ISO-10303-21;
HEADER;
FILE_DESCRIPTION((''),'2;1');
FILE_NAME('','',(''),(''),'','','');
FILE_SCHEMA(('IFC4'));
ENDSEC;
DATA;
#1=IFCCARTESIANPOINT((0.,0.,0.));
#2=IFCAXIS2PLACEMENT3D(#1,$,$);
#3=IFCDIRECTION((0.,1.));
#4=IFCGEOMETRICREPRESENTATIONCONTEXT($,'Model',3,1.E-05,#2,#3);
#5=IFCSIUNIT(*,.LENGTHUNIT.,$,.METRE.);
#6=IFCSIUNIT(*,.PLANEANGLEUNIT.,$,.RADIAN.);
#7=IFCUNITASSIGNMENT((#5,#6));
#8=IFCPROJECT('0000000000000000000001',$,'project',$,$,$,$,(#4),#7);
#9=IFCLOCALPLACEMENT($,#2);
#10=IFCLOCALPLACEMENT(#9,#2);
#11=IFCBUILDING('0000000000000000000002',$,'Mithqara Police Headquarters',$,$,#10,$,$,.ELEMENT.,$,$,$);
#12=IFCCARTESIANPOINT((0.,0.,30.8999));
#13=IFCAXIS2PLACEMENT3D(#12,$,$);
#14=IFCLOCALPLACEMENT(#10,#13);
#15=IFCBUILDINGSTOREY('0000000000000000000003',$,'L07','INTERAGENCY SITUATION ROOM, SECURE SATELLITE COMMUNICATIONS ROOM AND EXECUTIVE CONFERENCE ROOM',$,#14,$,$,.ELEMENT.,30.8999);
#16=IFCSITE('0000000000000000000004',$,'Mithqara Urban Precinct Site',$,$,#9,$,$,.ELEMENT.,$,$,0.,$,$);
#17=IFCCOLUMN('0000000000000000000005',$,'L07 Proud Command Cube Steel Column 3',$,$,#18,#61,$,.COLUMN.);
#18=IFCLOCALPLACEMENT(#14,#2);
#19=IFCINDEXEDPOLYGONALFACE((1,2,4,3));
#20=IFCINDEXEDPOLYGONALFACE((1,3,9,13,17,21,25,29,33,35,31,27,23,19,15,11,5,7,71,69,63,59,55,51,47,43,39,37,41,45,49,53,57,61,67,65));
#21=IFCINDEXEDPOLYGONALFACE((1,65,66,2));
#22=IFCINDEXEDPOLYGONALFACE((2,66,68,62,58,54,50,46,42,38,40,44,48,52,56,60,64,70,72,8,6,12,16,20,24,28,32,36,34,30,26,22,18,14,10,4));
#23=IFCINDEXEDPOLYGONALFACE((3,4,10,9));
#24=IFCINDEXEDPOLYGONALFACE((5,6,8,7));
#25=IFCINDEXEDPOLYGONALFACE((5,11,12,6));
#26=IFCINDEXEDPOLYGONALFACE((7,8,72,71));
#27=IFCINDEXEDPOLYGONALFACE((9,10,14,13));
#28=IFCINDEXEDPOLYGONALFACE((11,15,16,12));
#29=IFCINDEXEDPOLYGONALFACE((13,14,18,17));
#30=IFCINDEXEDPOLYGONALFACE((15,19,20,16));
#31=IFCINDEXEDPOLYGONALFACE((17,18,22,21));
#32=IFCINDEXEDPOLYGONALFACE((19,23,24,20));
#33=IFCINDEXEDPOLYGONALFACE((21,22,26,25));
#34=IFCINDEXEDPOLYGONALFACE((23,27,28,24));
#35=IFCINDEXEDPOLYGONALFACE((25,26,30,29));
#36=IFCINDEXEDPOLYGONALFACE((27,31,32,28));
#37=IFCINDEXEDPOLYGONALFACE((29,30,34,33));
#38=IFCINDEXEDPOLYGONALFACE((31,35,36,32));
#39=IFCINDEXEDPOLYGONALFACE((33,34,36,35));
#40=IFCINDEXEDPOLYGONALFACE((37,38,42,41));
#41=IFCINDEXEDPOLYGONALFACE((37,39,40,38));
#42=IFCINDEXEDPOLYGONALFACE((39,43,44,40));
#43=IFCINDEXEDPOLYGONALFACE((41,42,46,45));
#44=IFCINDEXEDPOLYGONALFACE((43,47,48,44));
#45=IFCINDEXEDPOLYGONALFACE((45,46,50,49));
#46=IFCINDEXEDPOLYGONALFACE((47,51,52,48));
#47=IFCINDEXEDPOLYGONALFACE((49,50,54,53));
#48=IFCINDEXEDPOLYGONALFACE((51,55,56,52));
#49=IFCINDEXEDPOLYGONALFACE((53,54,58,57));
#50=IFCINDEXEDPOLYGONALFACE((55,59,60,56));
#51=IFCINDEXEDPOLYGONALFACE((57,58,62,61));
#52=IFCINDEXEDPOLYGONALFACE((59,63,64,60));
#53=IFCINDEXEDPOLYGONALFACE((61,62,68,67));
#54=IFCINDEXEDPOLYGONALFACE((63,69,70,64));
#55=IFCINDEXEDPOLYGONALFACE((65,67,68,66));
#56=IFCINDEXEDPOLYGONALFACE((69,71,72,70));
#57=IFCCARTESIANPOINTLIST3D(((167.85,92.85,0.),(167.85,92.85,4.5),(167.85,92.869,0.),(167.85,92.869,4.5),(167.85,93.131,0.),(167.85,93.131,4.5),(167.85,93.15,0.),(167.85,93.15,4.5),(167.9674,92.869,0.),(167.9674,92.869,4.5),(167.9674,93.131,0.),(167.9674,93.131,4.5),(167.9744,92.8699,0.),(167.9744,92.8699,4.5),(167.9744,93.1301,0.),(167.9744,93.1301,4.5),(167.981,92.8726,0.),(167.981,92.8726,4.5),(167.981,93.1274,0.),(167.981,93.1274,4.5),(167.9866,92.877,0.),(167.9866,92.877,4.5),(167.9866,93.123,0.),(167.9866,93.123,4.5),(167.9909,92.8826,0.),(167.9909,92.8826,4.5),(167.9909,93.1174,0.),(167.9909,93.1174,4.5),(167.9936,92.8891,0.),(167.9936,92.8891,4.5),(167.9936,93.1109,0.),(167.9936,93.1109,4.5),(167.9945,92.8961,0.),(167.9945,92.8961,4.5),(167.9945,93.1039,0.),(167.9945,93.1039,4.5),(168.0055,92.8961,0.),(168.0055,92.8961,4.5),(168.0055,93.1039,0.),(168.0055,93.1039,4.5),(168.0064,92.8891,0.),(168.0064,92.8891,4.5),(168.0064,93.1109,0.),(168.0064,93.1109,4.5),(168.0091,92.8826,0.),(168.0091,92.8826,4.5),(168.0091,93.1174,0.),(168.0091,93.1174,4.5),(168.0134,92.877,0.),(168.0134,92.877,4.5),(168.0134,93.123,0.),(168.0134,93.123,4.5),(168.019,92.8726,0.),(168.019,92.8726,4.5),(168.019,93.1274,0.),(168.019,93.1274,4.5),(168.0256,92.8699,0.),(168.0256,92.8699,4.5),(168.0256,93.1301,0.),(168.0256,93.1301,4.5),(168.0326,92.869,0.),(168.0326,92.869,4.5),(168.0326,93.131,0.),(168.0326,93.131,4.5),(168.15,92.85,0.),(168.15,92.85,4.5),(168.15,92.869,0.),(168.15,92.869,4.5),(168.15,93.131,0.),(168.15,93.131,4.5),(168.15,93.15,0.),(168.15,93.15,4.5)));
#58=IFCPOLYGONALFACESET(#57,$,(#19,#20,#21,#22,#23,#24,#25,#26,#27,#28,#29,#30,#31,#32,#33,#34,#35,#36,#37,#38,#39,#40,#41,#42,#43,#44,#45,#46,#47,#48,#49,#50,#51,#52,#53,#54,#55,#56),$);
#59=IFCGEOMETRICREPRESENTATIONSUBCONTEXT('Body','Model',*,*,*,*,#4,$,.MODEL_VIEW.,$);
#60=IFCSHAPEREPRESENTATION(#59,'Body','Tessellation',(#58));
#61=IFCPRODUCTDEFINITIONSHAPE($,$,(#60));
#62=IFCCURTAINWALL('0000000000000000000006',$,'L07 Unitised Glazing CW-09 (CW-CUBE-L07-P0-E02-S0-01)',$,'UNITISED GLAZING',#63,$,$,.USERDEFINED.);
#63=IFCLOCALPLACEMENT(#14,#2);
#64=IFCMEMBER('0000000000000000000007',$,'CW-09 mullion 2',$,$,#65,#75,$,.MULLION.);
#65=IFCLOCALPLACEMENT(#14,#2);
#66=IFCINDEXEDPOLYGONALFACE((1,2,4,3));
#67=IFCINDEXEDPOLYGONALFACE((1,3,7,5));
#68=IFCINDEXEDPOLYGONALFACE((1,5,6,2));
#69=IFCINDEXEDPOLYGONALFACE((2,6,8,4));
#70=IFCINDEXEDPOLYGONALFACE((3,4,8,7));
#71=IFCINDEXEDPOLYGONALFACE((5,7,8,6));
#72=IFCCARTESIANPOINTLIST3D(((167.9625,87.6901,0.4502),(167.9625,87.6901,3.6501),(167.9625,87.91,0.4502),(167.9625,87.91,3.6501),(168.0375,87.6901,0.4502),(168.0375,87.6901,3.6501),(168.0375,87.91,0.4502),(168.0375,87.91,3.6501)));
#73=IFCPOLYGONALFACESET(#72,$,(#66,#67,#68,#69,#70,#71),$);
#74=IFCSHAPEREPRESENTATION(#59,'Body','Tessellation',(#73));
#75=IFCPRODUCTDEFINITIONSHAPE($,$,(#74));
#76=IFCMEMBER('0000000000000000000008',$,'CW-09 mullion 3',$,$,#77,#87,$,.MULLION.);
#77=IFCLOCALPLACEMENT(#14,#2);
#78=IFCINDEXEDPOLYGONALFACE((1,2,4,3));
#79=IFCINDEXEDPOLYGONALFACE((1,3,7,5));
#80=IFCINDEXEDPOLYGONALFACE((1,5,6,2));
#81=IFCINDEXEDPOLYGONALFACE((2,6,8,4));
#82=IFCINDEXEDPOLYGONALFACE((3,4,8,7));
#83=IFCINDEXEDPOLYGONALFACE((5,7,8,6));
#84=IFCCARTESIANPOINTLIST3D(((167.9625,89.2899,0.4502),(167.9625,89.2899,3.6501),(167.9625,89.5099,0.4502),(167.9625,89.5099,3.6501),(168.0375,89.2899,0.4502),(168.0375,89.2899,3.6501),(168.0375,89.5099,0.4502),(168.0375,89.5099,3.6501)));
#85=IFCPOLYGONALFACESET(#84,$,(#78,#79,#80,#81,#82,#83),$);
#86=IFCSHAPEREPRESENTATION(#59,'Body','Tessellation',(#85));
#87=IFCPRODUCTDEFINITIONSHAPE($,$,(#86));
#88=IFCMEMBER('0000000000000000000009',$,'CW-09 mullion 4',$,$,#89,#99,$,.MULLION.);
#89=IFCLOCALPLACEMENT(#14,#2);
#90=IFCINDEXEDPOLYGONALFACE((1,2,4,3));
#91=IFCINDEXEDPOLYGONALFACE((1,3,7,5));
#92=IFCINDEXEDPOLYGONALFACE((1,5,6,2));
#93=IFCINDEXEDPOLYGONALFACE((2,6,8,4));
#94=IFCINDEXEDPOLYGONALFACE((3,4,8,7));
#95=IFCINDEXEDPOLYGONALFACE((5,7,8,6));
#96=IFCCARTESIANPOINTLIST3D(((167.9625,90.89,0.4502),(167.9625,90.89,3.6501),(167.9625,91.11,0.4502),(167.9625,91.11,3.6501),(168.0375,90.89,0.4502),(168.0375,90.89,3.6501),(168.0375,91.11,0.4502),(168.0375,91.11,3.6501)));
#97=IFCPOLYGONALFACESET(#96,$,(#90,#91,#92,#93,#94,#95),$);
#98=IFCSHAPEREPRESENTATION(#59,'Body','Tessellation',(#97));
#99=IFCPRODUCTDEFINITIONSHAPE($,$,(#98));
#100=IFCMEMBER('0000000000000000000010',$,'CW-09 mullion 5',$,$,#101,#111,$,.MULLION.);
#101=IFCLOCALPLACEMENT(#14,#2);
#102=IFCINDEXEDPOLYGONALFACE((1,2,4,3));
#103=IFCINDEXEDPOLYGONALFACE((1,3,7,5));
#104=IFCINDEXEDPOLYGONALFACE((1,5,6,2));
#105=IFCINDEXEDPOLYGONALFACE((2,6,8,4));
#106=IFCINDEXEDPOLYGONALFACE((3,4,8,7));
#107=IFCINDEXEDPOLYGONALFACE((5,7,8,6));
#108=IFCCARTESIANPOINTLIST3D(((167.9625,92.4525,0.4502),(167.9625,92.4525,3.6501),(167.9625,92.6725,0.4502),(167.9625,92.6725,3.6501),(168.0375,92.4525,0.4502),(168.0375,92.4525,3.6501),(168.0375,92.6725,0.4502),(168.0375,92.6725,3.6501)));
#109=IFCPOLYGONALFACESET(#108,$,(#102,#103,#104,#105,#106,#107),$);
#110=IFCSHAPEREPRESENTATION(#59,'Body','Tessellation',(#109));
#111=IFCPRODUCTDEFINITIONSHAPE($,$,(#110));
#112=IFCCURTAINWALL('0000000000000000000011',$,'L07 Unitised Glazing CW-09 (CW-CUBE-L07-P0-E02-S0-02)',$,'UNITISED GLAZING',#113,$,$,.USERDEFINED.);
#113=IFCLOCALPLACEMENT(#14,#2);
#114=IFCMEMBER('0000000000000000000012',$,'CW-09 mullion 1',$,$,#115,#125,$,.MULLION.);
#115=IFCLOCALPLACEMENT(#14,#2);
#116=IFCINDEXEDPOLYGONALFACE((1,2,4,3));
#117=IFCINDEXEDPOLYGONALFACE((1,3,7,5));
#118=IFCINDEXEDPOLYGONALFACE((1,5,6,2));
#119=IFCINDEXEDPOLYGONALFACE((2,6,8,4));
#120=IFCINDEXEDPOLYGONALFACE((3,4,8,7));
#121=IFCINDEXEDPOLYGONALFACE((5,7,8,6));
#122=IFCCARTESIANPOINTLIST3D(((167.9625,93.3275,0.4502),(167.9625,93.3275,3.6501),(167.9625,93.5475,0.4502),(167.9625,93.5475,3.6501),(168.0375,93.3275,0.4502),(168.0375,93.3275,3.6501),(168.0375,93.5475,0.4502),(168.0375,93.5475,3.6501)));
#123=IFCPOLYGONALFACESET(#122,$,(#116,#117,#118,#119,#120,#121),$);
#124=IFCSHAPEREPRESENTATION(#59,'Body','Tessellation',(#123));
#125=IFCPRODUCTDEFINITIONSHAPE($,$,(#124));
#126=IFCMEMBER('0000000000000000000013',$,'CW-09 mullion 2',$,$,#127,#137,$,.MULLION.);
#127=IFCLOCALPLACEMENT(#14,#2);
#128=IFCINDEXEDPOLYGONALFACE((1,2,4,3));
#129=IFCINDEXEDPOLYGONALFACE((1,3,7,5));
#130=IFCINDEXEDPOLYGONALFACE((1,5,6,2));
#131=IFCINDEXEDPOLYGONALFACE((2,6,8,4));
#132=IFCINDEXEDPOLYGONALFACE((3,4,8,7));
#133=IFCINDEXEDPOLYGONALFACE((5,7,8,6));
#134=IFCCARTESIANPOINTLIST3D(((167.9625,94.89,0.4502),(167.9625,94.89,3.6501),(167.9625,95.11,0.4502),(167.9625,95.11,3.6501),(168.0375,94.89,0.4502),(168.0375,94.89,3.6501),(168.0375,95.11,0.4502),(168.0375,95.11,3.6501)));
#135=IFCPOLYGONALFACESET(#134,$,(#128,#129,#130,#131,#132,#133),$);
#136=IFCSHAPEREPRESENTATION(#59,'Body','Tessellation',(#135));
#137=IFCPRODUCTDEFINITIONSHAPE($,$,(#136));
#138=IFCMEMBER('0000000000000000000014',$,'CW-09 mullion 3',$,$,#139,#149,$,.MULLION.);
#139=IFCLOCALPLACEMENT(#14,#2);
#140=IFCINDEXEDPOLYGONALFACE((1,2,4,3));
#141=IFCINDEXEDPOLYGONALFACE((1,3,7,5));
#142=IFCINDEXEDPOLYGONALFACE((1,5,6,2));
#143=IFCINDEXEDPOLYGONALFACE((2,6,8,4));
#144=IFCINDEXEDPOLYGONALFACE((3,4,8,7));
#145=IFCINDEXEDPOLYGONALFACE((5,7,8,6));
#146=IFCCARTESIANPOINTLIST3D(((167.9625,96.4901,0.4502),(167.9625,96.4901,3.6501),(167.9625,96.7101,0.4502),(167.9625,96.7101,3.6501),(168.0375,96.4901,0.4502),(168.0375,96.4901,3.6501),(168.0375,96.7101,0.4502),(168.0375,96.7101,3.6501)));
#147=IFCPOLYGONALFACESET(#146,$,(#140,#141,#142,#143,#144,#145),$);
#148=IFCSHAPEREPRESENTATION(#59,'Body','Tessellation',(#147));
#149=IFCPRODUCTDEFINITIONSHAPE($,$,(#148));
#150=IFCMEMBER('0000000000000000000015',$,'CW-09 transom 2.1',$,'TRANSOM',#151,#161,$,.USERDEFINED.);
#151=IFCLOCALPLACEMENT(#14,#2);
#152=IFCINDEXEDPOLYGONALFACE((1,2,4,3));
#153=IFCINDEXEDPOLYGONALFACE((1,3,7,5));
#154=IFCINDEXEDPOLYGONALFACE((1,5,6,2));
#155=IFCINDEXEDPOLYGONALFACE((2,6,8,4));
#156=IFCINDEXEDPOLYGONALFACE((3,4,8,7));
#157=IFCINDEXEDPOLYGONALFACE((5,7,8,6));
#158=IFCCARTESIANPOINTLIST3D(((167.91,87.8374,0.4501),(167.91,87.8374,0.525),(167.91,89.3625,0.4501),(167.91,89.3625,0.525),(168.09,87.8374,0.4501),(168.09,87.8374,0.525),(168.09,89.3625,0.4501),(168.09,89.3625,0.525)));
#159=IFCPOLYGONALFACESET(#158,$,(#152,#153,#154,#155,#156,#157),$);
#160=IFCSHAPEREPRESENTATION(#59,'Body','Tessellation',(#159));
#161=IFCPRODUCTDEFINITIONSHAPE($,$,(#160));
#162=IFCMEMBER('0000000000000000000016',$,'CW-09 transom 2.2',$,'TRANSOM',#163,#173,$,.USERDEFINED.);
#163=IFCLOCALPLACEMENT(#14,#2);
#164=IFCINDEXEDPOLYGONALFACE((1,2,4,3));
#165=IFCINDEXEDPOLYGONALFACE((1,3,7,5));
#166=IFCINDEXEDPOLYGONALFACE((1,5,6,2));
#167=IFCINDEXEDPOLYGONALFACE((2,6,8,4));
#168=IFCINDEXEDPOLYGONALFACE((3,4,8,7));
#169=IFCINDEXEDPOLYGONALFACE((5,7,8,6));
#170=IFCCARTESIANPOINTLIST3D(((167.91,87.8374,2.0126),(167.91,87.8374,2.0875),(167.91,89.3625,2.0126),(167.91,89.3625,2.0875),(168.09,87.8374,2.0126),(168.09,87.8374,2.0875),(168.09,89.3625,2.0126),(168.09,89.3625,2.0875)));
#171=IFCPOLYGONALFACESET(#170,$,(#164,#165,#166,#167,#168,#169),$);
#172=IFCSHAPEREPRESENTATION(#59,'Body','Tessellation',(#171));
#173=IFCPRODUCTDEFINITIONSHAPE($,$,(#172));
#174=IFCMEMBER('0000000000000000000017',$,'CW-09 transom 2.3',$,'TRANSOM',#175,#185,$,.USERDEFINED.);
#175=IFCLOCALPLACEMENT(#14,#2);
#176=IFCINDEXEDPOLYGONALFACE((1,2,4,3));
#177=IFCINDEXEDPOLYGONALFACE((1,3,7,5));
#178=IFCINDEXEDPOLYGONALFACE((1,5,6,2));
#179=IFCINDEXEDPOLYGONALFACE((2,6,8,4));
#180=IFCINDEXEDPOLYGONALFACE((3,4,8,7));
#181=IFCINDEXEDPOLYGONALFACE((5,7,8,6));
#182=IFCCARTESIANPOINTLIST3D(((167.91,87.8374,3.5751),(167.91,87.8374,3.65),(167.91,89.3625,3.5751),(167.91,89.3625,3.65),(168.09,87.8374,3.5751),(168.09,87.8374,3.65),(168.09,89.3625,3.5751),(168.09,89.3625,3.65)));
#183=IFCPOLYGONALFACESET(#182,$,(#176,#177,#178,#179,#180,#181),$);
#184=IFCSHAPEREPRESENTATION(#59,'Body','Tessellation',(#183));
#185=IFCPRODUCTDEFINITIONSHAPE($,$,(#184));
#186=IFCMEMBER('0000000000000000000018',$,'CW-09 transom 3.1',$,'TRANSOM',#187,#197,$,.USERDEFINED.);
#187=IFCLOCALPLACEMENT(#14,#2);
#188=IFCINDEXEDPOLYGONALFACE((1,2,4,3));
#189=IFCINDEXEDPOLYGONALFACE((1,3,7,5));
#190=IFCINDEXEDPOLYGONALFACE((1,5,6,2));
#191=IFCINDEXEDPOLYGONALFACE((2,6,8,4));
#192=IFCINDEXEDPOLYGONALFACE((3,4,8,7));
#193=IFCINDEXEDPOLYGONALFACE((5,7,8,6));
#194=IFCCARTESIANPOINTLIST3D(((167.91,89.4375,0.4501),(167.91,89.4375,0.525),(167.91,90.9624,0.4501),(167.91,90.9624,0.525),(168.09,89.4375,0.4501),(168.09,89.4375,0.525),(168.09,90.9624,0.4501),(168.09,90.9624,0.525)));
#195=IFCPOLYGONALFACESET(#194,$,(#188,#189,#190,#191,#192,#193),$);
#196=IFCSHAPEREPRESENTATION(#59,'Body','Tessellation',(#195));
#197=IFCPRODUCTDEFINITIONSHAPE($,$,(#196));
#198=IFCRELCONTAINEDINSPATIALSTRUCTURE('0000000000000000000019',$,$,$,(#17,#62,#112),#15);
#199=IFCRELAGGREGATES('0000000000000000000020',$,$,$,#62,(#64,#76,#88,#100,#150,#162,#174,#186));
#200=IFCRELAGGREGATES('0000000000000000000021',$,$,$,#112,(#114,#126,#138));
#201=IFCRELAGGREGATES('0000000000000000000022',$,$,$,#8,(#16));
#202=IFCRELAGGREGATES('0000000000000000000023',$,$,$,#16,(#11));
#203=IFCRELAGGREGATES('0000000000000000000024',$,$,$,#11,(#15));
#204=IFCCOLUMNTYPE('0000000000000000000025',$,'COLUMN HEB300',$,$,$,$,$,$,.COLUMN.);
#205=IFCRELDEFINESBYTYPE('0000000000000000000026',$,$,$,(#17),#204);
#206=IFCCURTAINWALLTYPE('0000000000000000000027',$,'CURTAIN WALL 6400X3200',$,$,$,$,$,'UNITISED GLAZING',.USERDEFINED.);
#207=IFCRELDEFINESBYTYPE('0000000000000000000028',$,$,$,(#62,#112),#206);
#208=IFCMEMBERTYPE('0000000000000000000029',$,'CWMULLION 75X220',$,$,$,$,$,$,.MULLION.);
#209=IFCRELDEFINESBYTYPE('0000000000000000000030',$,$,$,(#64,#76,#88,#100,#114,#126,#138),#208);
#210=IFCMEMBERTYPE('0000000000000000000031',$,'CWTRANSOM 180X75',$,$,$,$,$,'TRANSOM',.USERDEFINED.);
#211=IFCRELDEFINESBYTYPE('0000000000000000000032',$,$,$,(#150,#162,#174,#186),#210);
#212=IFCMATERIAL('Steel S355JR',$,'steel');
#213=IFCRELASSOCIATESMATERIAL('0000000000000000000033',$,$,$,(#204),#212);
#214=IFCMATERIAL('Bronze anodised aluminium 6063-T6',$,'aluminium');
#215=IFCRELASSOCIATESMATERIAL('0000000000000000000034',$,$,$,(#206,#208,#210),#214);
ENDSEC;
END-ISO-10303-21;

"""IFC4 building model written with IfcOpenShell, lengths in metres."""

from ifc_helpers import new_model, si_unit, direction, frame, origin, origin_2d, place, context, subcontext, project, spatial, rectangle, i_section, extrude, material, material_profile, profile_set, type_object, element, aggregate, save


model = new_model("IFC4")

# Units and contexts
model_context = context("Model", 3, precision=1e-05, world=origin(), true_north=direction((0.0, 1.0)))
body_context = subcontext(model_context, "Body", "Model", "MODEL_VIEW")
ifc_project = project(units=[si_unit("LENGTHUNIT", "METRE"), si_unit("PLANEANGLEUNIT", "RADIAN")], contexts=[model_context])

# Site, building, storey
site_placement = place(None, origin())
site = spatial("IfcSite", under=ifc_project, at=site_placement, Name="Mithqara Urban Precinct Site", CompositionType="ELEMENT", RefElevation=0.0)
building_placement = place(site_placement, origin())
building = spatial("IfcBuilding", under=site, at=building_placement, Name="Mithqara Police Headquarters", CompositionType="ELEMENT")
storey_placement = place(building_placement, frame((0.0, 0.0, 30.8999)))
storey = spatial("IfcBuildingStorey", under=building, at=storey_placement, Name="L07", Description="INTERAGENCY SITUATION ROOM, SECURE SATELLITE COMMUNICATIONS ROOM AND EXECUTIVE CONFERENCE ROOM", CompositionType="ELEMENT", Elevation=30.8999)

# Column
ifc_material_1 = material(Name="Steel S355JR", Category="steel")
ifc_material_profile_1 = material_profile(ifc_material_1, i_section(OverallWidth=0.3, OverallDepth=0.3, WebThickness=0.011, FlangeThickness=0.019, FilletRadius=0.0271, at=origin_2d()), Name="HEB 300")
ifc_profile_set_1 = profile_set([ifc_material_profile_1], Name="Steel S355JR")
column_type = type_object("IfcColumnType", Name="COLUMN HEB300", PredefinedType="COLUMN", material=ifc_profile_set_1)
column_placement = place(storey_placement, frame((168.0, 93.0, 0.0), z_axis=(0.0, 0.0, 1.0), x_axis=(1.0, 0.0, 0.0)))
element("IfcColumn", 1, at=column_placement, inside=storey, type_object=column_type, Name="L07 Proud Command Cube Steel Column 3", PredefinedType="COLUMN", context=body_context, shape_type="SweptSolid", body=[
    extrude(i_section(OverallWidth=0.3, OverallDepth=0.3, WebThickness=0.011, FlangeThickness=0.019, FilletRadius=0.0271, at=origin_2d()), origin(), (0.0, 0.0, 1.0), 4.5),
])

# Curtain walls, members
ifc_material_2 = material(Name="Bronze anodised aluminium 6063-T6", Category="aluminium")
curtain_wall_type = type_object("IfcCurtainWallType", Name="CURTAIN WALL 6400X3200", ElementType="UNITISED GLAZING", PredefinedType="USERDEFINED", material=ifc_material_2)
curtain_wall_1_placement = place(storey_placement, origin())
curtain_wall_1 = element("IfcCurtainWall", 2, at=curtain_wall_1_placement, inside=storey, type_object=curtain_wall_type, Name="L07 Unitised Glazing CW-09 (CW-CUBE-L07-P0-E02-S0-01)", ObjectType="UNITISED GLAZING", PredefinedType="USERDEFINED")
ifc_material_profile_2 = material_profile(ifc_material_2, rectangle(XDim=0.075, YDim=0.22, at=origin_2d()), Name="CWM 75x220")
ifc_profile_set_2 = profile_set([ifc_material_profile_2], Name="Bronze anodised aluminium 6063-T6")
member_type_1 = type_object("IfcMemberType", Name="CWMULLION 75X220", PredefinedType="MULLION", material=ifc_profile_set_2)
member_1_placement = place(storey_placement, frame((168.0, 87.8, 0.4502), z_axis=(0.0, 0.0, 1.0), x_axis=(-1.0, 0.0, 0.0)))
member_1 = element("IfcMember", 3, at=member_1_placement, type_object=member_type_1, Name="CW-09 mullion 2", PredefinedType="MULLION", context=body_context, shape_type="SweptSolid", body=[
    extrude(rectangle(XDim=0.075, YDim=0.22, at=origin_2d()), origin(), (0.0, 0.0, 1.0), 3.2),
])
member_2_placement = place(storey_placement, frame((168.0, 89.3999, 0.4502), z_axis=(0.0, 0.0, 1.0), x_axis=(-1.0, 0.0, 0.0)))
member_2 = element("IfcMember", 4, at=member_2_placement, type_object=member_type_1, Name="CW-09 mullion 3", PredefinedType="MULLION", context=body_context, shape_type="SweptSolid", body=[
    extrude(rectangle(XDim=0.075, YDim=0.22, at=origin_2d()), origin(), (0.0, 0.0, 1.0), 3.2),
])
member_3_placement = place(storey_placement, frame((168.0, 91.0, 0.4502), z_axis=(0.0, 0.0, 1.0), x_axis=(-1.0, 0.0, 0.0)))
member_3 = element("IfcMember", 5, at=member_3_placement, type_object=member_type_1, Name="CW-09 mullion 4", PredefinedType="MULLION", context=body_context, shape_type="SweptSolid", body=[
    extrude(rectangle(XDim=0.075, YDim=0.22, at=origin_2d()), origin(), (0.0, 0.0, 1.0), 3.2),
])
member_4_placement = place(storey_placement, frame((168.0, 92.5625, 0.4502), z_axis=(0.0, 0.0, 1.0), x_axis=(-1.0, 0.0, 0.0)))
member_4 = element("IfcMember", 6, at=member_4_placement, type_object=member_type_1, Name="CW-09 mullion 5", PredefinedType="MULLION", context=body_context, shape_type="SweptSolid", body=[
    extrude(rectangle(XDim=0.075, YDim=0.22, at=origin_2d()), origin(), (0.0, 0.0, 1.0), 3.2),
])
curtain_wall_2_placement = place(storey_placement, origin())
curtain_wall_2 = element("IfcCurtainWall", 7, at=curtain_wall_2_placement, inside=storey, type_object=curtain_wall_type, Name="L07 Unitised Glazing CW-09 (CW-CUBE-L07-P0-E02-S0-02)", ObjectType="UNITISED GLAZING", PredefinedType="USERDEFINED")
member_5_placement = place(storey_placement, frame((168.0, 93.4375, 0.4502), z_axis=(0.0, 0.0, 1.0), x_axis=(-1.0, 0.0, 0.0)))
member_5 = element("IfcMember", 8, at=member_5_placement, type_object=member_type_1, Name="CW-09 mullion 1", PredefinedType="MULLION", context=body_context, shape_type="SweptSolid", body=[
    extrude(rectangle(XDim=0.075, YDim=0.22, at=origin_2d()), origin(), (0.0, 0.0, 1.0), 3.2),
])
member_6_placement = place(storey_placement, frame((168.0, 95.0, 0.4502), z_axis=(0.0, 0.0, 1.0), x_axis=(-1.0, 0.0, 0.0)))
member_6 = element("IfcMember", 9, at=member_6_placement, type_object=member_type_1, Name="CW-09 mullion 2", PredefinedType="MULLION", context=body_context, shape_type="SweptSolid", body=[
    extrude(rectangle(XDim=0.075, YDim=0.22, at=origin_2d()), origin(), (0.0, 0.0, 1.0), 3.2),
])
member_7_placement = place(storey_placement, frame((168.0, 96.6001, 0.4502), z_axis=(0.0, 0.0, 1.0), x_axis=(-1.0, 0.0, 0.0)))
member_7 = element("IfcMember", 10, at=member_7_placement, type_object=member_type_1, Name="CW-09 mullion 3", PredefinedType="MULLION", context=body_context, shape_type="SweptSolid", body=[
    extrude(rectangle(XDim=0.075, YDim=0.22, at=origin_2d()), origin(), (0.0, 0.0, 1.0), 3.2),
])

# Members
ifc_material_profile_3 = material_profile(ifc_material_2, rectangle(XDim=0.1799, YDim=0.075, at=origin_2d()), Name="CWT 180x75")
ifc_profile_set_3 = profile_set([ifc_material_profile_3], Name="Bronze anodised aluminium 6063-T6")
member_type_2 = type_object("IfcMemberType", Name="CWTRANSOM 180X75", ElementType="TRANSOM", PredefinedType="USERDEFINED", material=ifc_profile_set_3)
member_8_placement = place(storey_placement, frame((168.0, 87.8374, 0.4875), z_axis=(0.0, 1.0, 0.0), x_axis=(-1.0, 0.0, 0.0)))
member_8 = element("IfcMember", 11, at=member_8_placement, type_object=member_type_2, Name="CW-09 transom 2.1", ObjectType="TRANSOM", PredefinedType="USERDEFINED", context=body_context, shape_type="SweptSolid", body=[
    extrude(rectangle(XDim=0.1799, YDim=0.075, at=origin_2d()), origin(), (0.0, 0.0, 1.0), 1.5251),
])
member_9_placement = place(storey_placement, frame((168.0, 87.8374, 2.05), z_axis=(0.0, 1.0, 0.0), x_axis=(-1.0, 0.0, 0.0)))
member_9 = element("IfcMember", 12, at=member_9_placement, type_object=member_type_2, Name="CW-09 transom 2.2", ObjectType="TRANSOM", PredefinedType="USERDEFINED", context=body_context, shape_type="SweptSolid", body=[
    extrude(rectangle(XDim=0.1799, YDim=0.075, at=origin_2d()), origin(), (0.0, 0.0, 1.0), 1.5251),
])
member_10_placement = place(storey_placement, frame((168.0, 87.8374, 3.6125), z_axis=(0.0, 1.0, 0.0), x_axis=(-1.0, 0.0, 0.0)))
member_10 = element("IfcMember", 13, at=member_10_placement, type_object=member_type_2, Name="CW-09 transom 2.3", ObjectType="TRANSOM", PredefinedType="USERDEFINED", context=body_context, shape_type="SweptSolid", body=[
    extrude(rectangle(XDim=0.1799, YDim=0.075, at=origin_2d()), origin(), (0.0, 0.0, 1.0), 1.5251),
])
member_11_placement = place(storey_placement, frame((168.0, 89.4375, 0.4875), z_axis=(0.0, 1.0, 0.0), x_axis=(-1.0, 0.0, 0.0)))
member_11 = element("IfcMember", 14, at=member_11_placement, type_object=member_type_2, Name="CW-09 transom 3.1", ObjectType="TRANSOM", PredefinedType="USERDEFINED", context=body_context, shape_type="SweptSolid", body=[
    extrude(rectangle(XDim=0.1799, YDim=0.075, at=origin_2d()), origin(), (0.0, 0.0, 1.0), 1.5249),
])

aggregate(curtain_wall_1, [member_1, member_2, member_3, member_4, member_8, member_9, member_10, member_11])
aggregate(curtain_wall_2, [member_5, member_6, member_7])

save(model, "model.ifc")
